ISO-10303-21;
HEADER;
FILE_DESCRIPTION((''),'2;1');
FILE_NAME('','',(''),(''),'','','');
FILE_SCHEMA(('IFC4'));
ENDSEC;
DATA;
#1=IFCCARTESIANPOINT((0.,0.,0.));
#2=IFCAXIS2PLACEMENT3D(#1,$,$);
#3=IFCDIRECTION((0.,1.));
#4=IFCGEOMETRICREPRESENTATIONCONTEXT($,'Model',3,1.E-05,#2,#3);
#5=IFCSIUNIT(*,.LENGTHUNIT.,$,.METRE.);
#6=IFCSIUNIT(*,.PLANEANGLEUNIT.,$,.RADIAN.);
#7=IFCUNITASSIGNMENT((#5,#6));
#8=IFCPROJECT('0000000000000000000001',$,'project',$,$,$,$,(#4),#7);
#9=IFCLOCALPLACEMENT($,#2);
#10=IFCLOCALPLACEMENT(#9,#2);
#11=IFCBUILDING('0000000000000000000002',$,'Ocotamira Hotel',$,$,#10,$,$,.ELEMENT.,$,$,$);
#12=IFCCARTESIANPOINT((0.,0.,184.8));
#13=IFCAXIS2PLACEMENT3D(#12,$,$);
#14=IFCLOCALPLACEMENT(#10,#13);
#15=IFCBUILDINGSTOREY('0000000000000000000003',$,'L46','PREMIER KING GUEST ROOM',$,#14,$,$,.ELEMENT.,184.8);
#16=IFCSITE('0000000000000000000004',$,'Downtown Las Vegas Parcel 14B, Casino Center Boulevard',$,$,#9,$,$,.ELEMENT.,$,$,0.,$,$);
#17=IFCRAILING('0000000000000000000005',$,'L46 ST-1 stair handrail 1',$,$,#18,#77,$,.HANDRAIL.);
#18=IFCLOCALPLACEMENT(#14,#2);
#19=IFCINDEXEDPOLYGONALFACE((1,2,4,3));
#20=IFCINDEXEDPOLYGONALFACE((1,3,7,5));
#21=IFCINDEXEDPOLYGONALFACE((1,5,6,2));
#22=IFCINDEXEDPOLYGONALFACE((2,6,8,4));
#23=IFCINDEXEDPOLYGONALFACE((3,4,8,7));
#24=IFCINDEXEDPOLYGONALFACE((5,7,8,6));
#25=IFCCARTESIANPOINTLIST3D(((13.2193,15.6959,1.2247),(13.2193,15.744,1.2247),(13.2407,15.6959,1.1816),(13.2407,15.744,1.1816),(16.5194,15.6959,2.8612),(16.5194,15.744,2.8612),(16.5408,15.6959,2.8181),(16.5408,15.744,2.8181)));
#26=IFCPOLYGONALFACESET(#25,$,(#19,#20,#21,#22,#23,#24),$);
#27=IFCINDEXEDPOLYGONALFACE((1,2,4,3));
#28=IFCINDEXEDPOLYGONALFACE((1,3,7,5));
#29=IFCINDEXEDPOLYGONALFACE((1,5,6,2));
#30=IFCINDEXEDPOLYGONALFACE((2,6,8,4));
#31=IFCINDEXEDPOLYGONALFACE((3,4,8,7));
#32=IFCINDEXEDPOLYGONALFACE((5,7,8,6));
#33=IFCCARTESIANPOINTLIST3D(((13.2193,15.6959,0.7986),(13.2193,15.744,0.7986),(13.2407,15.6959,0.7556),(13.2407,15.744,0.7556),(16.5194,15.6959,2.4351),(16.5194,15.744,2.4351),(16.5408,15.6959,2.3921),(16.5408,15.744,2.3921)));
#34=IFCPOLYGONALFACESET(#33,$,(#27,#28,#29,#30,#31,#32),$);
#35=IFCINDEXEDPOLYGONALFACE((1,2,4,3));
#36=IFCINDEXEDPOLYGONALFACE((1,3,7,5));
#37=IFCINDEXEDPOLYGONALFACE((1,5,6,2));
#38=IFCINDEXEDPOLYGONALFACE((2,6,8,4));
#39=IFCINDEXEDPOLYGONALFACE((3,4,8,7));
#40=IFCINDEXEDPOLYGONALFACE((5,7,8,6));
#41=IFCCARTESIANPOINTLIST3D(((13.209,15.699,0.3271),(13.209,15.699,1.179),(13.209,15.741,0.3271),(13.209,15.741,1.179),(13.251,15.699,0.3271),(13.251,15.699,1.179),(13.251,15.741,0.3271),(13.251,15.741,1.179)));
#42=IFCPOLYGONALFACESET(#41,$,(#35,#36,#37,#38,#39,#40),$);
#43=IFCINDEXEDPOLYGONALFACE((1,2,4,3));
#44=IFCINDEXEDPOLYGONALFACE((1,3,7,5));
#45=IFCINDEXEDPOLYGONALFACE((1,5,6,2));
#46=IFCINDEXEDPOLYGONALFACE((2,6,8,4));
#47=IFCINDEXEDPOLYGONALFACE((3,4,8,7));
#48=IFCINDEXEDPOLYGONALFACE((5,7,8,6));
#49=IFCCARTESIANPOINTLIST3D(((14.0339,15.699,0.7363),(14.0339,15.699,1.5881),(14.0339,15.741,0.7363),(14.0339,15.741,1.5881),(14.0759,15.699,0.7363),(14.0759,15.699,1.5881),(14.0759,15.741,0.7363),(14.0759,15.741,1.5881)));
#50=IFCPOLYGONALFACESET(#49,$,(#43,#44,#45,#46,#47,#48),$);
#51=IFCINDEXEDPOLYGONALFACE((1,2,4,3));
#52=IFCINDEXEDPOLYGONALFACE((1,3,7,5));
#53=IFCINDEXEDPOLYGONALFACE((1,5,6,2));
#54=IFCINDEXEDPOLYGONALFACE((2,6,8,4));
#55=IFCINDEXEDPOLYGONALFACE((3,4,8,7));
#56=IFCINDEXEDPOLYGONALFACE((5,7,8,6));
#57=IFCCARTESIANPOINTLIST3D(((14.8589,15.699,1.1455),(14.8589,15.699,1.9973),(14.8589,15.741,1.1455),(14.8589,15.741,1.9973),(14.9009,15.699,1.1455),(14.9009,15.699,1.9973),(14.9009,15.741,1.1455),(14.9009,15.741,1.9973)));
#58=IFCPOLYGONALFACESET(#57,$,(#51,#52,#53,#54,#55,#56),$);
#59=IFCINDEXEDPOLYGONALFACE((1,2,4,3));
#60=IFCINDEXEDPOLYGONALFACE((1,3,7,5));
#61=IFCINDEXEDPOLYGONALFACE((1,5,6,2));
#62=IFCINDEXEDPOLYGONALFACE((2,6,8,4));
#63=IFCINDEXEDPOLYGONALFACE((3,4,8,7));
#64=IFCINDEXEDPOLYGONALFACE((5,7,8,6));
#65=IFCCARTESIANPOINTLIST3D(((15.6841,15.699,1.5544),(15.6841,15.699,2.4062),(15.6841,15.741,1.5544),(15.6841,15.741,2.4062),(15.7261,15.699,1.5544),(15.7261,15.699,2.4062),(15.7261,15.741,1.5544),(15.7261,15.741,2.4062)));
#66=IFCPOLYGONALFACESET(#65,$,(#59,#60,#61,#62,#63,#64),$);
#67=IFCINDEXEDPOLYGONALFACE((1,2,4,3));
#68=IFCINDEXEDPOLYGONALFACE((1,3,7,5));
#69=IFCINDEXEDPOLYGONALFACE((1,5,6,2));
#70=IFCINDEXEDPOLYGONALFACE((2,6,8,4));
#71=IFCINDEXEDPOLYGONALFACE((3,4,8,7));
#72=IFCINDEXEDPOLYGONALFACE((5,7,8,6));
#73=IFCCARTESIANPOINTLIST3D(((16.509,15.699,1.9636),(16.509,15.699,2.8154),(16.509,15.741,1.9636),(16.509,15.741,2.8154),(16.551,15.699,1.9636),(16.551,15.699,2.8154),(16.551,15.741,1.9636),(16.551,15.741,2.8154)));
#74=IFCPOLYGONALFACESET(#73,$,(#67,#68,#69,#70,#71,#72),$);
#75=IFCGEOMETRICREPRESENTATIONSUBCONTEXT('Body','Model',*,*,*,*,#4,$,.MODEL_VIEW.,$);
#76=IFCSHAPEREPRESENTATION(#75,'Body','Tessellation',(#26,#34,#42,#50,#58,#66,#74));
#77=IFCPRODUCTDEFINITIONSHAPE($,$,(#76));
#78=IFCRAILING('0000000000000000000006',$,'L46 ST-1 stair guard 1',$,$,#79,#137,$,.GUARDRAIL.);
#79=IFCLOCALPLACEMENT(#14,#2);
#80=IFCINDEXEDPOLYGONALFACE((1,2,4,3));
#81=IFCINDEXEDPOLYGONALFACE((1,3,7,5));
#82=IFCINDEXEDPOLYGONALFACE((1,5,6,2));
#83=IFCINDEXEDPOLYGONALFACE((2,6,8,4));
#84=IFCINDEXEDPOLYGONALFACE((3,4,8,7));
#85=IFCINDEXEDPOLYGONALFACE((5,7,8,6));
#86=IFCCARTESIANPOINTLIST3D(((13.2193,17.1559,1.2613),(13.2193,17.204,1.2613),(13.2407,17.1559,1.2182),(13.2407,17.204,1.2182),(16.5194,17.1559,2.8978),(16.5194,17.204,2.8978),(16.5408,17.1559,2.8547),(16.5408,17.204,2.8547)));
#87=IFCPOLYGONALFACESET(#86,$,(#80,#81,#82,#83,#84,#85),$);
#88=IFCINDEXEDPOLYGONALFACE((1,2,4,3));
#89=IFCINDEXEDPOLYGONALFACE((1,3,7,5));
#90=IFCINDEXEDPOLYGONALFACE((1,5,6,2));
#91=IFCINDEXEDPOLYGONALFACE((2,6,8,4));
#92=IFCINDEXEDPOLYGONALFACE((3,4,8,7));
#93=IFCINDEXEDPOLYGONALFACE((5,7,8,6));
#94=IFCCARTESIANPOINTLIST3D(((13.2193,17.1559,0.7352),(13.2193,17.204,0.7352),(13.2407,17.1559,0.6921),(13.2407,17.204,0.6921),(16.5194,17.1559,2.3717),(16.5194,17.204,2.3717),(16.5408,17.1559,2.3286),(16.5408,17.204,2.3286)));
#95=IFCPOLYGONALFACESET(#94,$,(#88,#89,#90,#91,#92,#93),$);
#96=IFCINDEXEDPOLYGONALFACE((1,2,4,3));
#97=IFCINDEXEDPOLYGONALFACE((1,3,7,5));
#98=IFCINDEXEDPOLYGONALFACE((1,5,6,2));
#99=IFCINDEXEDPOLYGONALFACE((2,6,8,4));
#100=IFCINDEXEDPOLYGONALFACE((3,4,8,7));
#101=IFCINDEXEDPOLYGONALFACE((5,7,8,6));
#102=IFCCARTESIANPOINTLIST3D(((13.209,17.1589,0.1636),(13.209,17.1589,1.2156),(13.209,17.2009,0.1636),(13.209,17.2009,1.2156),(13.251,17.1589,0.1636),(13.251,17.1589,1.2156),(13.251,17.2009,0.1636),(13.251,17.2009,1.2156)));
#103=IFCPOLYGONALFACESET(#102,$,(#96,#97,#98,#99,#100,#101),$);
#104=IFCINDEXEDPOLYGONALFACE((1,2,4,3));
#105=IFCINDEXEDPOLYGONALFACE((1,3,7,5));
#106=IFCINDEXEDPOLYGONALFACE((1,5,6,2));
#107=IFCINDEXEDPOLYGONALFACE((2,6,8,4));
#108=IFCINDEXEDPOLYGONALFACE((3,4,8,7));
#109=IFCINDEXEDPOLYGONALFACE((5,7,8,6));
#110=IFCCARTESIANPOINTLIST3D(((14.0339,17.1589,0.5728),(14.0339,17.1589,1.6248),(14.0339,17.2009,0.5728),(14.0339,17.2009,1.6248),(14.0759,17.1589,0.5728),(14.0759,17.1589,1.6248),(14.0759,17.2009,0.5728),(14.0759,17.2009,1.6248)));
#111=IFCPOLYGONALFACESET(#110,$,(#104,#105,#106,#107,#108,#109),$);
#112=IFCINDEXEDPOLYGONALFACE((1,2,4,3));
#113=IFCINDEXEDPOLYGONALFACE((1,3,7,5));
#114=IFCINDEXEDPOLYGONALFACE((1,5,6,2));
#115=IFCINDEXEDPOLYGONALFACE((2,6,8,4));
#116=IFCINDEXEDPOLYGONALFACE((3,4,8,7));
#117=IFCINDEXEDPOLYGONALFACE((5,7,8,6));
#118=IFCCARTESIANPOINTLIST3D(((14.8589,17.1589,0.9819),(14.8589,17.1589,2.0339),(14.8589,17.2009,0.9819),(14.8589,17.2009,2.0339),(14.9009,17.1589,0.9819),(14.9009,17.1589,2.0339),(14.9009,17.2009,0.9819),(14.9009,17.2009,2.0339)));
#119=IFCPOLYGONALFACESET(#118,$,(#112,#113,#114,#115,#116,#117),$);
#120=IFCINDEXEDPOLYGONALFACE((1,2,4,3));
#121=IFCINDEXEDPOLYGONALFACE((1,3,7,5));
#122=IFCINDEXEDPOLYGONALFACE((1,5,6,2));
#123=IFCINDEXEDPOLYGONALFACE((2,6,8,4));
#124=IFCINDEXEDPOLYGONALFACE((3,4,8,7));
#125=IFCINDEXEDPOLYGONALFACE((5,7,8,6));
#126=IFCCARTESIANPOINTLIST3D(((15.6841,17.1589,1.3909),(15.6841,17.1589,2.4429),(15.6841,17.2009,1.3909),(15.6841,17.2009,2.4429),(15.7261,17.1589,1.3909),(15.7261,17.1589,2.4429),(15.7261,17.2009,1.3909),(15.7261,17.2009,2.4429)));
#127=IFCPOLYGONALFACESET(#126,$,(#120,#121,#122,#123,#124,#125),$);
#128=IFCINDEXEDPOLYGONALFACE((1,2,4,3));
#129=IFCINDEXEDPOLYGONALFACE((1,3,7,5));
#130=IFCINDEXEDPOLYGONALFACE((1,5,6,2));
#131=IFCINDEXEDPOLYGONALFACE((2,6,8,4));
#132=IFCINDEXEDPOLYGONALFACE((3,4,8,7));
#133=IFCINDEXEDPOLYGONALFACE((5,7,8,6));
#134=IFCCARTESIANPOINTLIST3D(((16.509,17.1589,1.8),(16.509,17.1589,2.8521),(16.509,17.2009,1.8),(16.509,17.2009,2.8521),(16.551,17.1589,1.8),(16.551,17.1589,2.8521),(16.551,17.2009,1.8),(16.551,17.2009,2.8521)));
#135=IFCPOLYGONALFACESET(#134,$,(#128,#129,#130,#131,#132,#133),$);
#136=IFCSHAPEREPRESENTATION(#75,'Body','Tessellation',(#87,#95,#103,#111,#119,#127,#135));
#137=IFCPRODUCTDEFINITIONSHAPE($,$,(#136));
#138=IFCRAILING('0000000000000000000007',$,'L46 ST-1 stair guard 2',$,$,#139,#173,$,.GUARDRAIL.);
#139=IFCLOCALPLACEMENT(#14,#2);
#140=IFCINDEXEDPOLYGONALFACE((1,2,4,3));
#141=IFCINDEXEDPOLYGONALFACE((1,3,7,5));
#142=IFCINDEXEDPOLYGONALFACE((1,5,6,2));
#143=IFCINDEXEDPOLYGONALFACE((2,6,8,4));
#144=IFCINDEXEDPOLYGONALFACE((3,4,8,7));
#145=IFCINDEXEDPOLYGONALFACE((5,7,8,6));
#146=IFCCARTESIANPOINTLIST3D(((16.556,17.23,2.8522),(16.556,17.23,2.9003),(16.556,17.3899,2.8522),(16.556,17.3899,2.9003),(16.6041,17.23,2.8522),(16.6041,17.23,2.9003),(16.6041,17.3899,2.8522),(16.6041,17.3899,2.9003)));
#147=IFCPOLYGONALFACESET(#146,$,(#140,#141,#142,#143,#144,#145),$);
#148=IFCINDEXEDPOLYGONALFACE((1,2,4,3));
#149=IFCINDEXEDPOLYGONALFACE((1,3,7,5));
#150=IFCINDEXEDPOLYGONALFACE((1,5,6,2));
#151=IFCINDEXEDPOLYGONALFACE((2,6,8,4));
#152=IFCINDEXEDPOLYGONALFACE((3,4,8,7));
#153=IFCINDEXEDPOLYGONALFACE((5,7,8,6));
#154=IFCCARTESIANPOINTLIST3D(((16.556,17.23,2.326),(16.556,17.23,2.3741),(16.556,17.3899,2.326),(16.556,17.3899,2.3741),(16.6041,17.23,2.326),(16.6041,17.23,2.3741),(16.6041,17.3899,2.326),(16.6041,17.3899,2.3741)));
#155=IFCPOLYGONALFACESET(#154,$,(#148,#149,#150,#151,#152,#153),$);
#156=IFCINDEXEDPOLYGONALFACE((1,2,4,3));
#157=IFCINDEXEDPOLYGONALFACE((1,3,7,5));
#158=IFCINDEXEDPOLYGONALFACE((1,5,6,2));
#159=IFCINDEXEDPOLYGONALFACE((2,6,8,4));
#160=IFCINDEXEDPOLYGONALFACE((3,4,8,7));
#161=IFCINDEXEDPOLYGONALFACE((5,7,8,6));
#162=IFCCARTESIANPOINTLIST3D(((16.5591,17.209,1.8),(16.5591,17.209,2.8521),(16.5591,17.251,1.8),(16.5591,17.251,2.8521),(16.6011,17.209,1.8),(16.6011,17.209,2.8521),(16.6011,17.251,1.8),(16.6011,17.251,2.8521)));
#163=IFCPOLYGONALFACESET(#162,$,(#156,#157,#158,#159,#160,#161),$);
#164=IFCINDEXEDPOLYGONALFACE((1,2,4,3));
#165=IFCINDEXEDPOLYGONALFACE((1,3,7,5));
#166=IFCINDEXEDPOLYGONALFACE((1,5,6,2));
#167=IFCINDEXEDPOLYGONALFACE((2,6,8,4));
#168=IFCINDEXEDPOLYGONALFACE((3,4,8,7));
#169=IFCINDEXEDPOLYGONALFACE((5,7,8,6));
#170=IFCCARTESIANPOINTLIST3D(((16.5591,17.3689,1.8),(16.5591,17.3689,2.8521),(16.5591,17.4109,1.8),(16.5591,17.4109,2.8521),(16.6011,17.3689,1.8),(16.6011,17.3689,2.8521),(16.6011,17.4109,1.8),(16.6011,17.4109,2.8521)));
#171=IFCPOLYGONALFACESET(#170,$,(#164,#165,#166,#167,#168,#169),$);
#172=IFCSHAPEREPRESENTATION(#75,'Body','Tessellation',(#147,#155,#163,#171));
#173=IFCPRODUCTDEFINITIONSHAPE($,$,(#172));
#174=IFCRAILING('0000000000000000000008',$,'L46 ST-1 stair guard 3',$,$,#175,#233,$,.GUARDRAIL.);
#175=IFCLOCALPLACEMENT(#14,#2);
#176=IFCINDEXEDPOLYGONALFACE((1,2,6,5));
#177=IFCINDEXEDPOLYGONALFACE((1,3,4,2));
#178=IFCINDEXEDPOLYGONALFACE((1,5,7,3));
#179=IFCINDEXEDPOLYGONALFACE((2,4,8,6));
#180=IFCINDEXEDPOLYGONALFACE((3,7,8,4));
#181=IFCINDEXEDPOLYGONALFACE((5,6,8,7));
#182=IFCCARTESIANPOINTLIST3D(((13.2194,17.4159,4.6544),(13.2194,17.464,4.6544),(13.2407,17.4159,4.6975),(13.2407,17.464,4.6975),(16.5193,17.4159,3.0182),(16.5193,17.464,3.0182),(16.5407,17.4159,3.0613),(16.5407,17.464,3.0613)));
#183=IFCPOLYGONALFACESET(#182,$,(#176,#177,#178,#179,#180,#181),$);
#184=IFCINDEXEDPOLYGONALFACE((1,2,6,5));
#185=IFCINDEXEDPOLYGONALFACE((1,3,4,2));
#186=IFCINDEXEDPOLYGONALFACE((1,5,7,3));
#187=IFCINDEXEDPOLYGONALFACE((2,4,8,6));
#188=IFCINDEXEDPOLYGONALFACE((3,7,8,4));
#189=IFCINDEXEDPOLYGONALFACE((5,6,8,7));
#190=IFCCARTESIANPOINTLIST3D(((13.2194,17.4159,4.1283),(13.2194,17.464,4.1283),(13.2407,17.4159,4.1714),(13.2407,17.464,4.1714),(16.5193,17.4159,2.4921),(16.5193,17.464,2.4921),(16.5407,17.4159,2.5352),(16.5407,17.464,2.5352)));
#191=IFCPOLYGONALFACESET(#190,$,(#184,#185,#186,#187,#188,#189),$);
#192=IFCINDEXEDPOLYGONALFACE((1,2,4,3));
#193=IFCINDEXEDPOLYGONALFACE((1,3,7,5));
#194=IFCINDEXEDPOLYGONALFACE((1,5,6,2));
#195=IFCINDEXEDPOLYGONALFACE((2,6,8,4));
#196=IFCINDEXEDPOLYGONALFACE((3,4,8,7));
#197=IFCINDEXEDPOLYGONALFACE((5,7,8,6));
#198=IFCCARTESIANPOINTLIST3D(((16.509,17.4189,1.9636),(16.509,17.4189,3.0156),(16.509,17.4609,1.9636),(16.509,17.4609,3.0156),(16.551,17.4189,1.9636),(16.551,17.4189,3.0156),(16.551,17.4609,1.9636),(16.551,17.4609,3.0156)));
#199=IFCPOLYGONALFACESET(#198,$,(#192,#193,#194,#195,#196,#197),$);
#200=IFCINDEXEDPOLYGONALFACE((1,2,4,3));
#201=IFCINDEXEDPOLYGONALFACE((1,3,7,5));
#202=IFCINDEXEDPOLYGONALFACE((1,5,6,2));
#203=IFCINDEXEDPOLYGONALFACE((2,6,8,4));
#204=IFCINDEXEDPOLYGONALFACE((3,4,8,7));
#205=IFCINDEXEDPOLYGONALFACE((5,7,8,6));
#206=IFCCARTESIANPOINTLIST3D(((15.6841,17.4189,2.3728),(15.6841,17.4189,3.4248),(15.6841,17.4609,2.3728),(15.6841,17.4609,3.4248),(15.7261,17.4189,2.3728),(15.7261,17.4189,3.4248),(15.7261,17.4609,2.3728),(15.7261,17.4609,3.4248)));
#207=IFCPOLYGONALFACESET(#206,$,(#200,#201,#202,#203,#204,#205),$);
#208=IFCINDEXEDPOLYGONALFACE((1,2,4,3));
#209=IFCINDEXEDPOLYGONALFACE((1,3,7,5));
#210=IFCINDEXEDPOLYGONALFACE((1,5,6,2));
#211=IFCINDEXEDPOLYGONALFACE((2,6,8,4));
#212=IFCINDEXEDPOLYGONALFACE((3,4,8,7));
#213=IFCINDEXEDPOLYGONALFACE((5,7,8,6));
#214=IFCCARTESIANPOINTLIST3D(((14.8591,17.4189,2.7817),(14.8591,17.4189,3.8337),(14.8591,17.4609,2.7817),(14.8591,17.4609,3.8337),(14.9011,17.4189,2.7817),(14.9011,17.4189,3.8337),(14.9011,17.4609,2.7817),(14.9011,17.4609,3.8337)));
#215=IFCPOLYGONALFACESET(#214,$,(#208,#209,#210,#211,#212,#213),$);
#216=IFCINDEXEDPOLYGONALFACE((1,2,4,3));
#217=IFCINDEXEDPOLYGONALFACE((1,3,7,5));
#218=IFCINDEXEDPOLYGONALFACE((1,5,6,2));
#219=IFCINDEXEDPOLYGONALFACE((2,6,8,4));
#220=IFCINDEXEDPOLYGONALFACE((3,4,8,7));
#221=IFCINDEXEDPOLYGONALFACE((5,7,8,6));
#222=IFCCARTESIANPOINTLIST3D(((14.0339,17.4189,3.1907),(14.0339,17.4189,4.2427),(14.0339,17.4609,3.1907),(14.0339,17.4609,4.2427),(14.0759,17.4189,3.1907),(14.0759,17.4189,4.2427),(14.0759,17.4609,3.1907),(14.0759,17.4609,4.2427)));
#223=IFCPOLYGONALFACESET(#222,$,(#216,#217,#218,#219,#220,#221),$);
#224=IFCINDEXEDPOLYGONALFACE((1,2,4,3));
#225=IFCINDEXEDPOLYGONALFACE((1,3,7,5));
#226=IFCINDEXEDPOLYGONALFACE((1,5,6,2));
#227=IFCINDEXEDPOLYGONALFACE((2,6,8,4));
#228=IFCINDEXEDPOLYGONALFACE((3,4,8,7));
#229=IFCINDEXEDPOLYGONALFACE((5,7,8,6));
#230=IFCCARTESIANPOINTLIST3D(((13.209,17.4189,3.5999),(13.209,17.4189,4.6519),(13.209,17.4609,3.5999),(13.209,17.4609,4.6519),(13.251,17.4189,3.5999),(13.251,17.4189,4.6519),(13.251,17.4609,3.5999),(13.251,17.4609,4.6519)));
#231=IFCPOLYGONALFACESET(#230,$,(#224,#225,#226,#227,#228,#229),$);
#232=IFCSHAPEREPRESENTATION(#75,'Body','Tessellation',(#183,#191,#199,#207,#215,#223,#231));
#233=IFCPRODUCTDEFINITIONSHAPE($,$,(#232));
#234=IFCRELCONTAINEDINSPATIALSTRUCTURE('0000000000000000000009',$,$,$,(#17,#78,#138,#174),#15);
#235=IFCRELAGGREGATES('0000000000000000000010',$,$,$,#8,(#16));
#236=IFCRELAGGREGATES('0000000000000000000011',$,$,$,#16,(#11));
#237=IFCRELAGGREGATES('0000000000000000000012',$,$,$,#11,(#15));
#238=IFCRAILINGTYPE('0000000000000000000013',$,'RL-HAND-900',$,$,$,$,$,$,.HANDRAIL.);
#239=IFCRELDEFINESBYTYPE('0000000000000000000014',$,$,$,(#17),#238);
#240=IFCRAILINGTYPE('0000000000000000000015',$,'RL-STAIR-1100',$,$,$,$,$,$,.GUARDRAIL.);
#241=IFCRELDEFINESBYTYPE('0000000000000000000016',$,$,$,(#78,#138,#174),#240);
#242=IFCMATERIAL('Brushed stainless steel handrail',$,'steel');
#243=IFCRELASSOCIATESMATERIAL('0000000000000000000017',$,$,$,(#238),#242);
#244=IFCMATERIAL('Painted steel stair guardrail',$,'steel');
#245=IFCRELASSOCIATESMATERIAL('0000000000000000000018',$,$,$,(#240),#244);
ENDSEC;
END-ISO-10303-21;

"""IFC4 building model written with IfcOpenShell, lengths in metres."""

from ifc_helpers import new_model, si_unit, direction, frame, origin, origin_2d, place, context, subcontext, project, spatial, rectangle, extrude, material, type_object, element, save


model = new_model("IFC4")

# Units and contexts
model_context = context("Model", 3, precision=1e-05, world=origin(), true_north=direction((0.0, 1.0)))
body_context = subcontext(model_context, "Body", "Model", "MODEL_VIEW")
ifc_project = project(units=[si_unit("LENGTHUNIT", "METRE"), si_unit("PLANEANGLEUNIT", "RADIAN")], contexts=[model_context])

# Site, building, storey
site_placement = place(None, origin())
site = spatial("IfcSite", under=ifc_project, at=site_placement, Name="Downtown Las Vegas Parcel 14B, Casino Center Boulevard", CompositionType="ELEMENT", RefElevation=0.0)
building_placement = place(site_placement, origin())
building = spatial("IfcBuilding", under=site, at=building_placement, Name="Ocotamira Hotel", CompositionType="ELEMENT")
storey_placement = place(building_placement, frame((0.0, 0.0, 184.8)))
storey = spatial("IfcBuildingStorey", under=building, at=storey_placement, Name="L46", Description="PREMIER KING GUEST ROOM", CompositionType="ELEMENT", Elevation=184.8)

# Railings
ifc_material_1 = material(Name="Brushed stainless steel handrail", Category="steel")
railing_type_1 = type_object("IfcRailingType", Name="RL-HAND-900", PredefinedType="HANDRAIL", material=ifc_material_1)
railing_1_placement = place(storey_placement, frame((13.23, 15.72, 0.3271)))
element("IfcRailing", 1, at=railing_1_placement, inside=storey, type_object=railing_type_1, Name="L46 ST-1 stair handrail 1", PredefinedType="HANDRAIL", context=body_context, shape_type="SweptSolid", body=[
    extrude(rectangle(XDim=0.0481, YDim=0.0481, at=origin_2d()), frame((0.0, 0.0, 0.876), z_axis=(0.895894, 0.0, 0.444268), x_axis=(0.0, 1.0, 0.0)), (0.0, 0.0, 1.0), 3.6836),
    extrude(rectangle(XDim=0.0481, YDim=0.0481, at=origin_2d()), frame((0.0, 0.0, 0.45), z_axis=(0.895894, 0.0, 0.444268), x_axis=(0.0, 1.0, 0.0)), (0.0, 0.0, 1.0), 3.6836),
    extrude(rectangle(XDim=0.042, YDim=0.042, at=origin_2d()), origin(), (0.0, 0.0, 1.0), 0.8518),
    extrude(rectangle(XDim=0.042, YDim=0.042, at=origin_2d()), frame((0.825, 0.0, 0.4092)), (0.0, 0.0, 1.0), 0.8518),
    extrude(rectangle(XDim=0.042, YDim=0.042, at=origin_2d()), frame((1.6499, 0.0, 0.8184)), (0.0, 0.0, 1.0), 0.8518),
    extrude(rectangle(XDim=0.042, YDim=0.042, at=origin_2d()), frame((2.4751, 0.0, 1.2273)), (0.0, 0.0, 1.0), 0.8518),
    extrude(rectangle(XDim=0.042, YDim=0.042, at=origin_2d()), frame((3.3, 0.0, 1.6365)), (0.0, 0.0, 1.0), 0.8518),
])
ifc_material_2 = material(Name="Painted steel stair guardrail", Category="steel")
railing_type_2 = type_object("IfcRailingType", Name="RL-STAIR-1100", PredefinedType="GUARDRAIL", material=ifc_material_2)
railing_2_placement = place(storey_placement, frame((13.23, 17.1799, 0.1636)))
element("IfcRailing", 2, at=railing_2_placement, inside=storey, type_object=railing_type_2, Name="L46 ST-1 stair guard 1", PredefinedType="GUARDRAIL", context=body_context, shape_type="SweptSolid", body=[
    extrude(rectangle(XDim=0.0481, YDim=0.0481, at=origin_2d()), frame((0.0, 0.0, 1.0762), z_axis=(0.895894, 0.0, 0.444268), x_axis=(0.0, 1.0, 0.0)), (0.0, 0.0, 1.0), 3.6836),
    extrude(rectangle(XDim=0.0481, YDim=0.0481, at=origin_2d()), frame((0.0, 0.0, 0.55), z_axis=(0.895894, 0.0, 0.444268), x_axis=(0.0, 1.0, 0.0)), (0.0, 0.0, 1.0), 3.6836),
    extrude(rectangle(XDim=0.042, YDim=0.042, at=origin_2d()), origin(), (0.0, 0.0, 1.0), 1.052),
    extrude(rectangle(XDim=0.042, YDim=0.042, at=origin_2d()), frame((0.825, 0.0, 0.4092)), (0.0, 0.0, 1.0), 1.052),
    extrude(rectangle(XDim=0.042, YDim=0.042, at=origin_2d()), frame((1.6499, 0.0, 0.8184)), (0.0, 0.0, 1.0), 1.052),
    extrude(rectangle(XDim=0.042, YDim=0.042, at=origin_2d()), frame((2.4751, 0.0, 1.2273)), (0.0, 0.0, 1.0), 1.052),
    extrude(rectangle(XDim=0.042, YDim=0.042, at=origin_2d()), frame((3.3, 0.0, 1.6365)), (0.0, 0.0, 1.0), 1.052),
])
railing_3_placement = place(storey_placement, frame((16.5801, 17.23, 1.8)))
element("IfcRailing", 3, at=railing_3_placement, inside=storey, type_object=railing_type_2, Name="L46 ST-1 stair guard 2", PredefinedType="GUARDRAIL", context=body_context, shape_type="SweptSolid", body=[
    extrude(rectangle(XDim=0.0481, YDim=0.0481, at=origin_2d()), frame((0.0, 0.0, 1.0762), z_axis=(0.0, 1.0, 0.0), x_axis=(-1.0, 0.0, 0.0)), (0.0, 0.0, 1.0), 0.1599),
    extrude(rectangle(XDim=0.0481, YDim=0.0481, at=origin_2d()), frame((0.0, 0.0, 0.55), z_axis=(0.0, 1.0, 0.0), x_axis=(-1.0, 0.0, 0.0)), (0.0, 0.0, 1.0), 0.1599),
    extrude(rectangle(XDim=0.042, YDim=0.042, at=origin_2d()), origin(), (0.0, 0.0, 1.0), 1.052),
    extrude(rectangle(XDim=0.042, YDim=0.042, at=origin_2d()), frame((0.0, 0.1599, 0.0)), (0.0, 0.0, 1.0), 1.052),
])
railing_4_placement = place(storey_placement, frame((16.53, 17.4399, 1.9636)))
element("IfcRailing", 4, at=railing_4_placement, inside=storey, type_object=railing_type_2, Name="L46 ST-1 stair guard 3", PredefinedType="GUARDRAIL", context=body_context, shape_type="SweptSolid", body=[
    extrude(rectangle(XDim=0.0481, YDim=0.0481, at=origin_2d()), frame((0.0, 0.0, 1.0762), z_axis=(-0.89592, 0.0, 0.444215), x_axis=(0.0, -1.0, 0.0)), (0.0, 0.0, 1.0), 3.6833),
    extrude(rectangle(XDim=0.0481, YDim=0.0481, at=origin_2d()), frame((0.0, 0.0, 0.55), z_axis=(-0.89592, 0.0, 0.444215), x_axis=(0.0, -1.0, 0.0)), (0.0, 0.0, 1.0), 3.6833),
    extrude(rectangle(XDim=0.042, YDim=0.042, at=origin_2d()), origin(), (0.0, 0.0, 1.0), 1.052),
    extrude(rectangle(XDim=0.042, YDim=0.042, at=origin_2d()), frame((-0.825, 0.0, 0.4092)), (0.0, 0.0, 1.0), 1.052),
    extrude(rectangle(XDim=0.042, YDim=0.042, at=origin_2d()), frame((-1.6499, 0.0, 0.8181)), (0.0, 0.0, 1.0), 1.052),
    extrude(rectangle(XDim=0.042, YDim=0.042, at=origin_2d()), frame((-2.4751, 0.0, 1.2271)), (0.0, 0.0, 1.0), 1.052),
    extrude(rectangle(XDim=0.042, YDim=0.042, at=origin_2d()), frame((-3.3, 0.0, 1.6362)), (0.0, 0.0, 1.0), 1.052),
])

save(model, "model.ifc")
